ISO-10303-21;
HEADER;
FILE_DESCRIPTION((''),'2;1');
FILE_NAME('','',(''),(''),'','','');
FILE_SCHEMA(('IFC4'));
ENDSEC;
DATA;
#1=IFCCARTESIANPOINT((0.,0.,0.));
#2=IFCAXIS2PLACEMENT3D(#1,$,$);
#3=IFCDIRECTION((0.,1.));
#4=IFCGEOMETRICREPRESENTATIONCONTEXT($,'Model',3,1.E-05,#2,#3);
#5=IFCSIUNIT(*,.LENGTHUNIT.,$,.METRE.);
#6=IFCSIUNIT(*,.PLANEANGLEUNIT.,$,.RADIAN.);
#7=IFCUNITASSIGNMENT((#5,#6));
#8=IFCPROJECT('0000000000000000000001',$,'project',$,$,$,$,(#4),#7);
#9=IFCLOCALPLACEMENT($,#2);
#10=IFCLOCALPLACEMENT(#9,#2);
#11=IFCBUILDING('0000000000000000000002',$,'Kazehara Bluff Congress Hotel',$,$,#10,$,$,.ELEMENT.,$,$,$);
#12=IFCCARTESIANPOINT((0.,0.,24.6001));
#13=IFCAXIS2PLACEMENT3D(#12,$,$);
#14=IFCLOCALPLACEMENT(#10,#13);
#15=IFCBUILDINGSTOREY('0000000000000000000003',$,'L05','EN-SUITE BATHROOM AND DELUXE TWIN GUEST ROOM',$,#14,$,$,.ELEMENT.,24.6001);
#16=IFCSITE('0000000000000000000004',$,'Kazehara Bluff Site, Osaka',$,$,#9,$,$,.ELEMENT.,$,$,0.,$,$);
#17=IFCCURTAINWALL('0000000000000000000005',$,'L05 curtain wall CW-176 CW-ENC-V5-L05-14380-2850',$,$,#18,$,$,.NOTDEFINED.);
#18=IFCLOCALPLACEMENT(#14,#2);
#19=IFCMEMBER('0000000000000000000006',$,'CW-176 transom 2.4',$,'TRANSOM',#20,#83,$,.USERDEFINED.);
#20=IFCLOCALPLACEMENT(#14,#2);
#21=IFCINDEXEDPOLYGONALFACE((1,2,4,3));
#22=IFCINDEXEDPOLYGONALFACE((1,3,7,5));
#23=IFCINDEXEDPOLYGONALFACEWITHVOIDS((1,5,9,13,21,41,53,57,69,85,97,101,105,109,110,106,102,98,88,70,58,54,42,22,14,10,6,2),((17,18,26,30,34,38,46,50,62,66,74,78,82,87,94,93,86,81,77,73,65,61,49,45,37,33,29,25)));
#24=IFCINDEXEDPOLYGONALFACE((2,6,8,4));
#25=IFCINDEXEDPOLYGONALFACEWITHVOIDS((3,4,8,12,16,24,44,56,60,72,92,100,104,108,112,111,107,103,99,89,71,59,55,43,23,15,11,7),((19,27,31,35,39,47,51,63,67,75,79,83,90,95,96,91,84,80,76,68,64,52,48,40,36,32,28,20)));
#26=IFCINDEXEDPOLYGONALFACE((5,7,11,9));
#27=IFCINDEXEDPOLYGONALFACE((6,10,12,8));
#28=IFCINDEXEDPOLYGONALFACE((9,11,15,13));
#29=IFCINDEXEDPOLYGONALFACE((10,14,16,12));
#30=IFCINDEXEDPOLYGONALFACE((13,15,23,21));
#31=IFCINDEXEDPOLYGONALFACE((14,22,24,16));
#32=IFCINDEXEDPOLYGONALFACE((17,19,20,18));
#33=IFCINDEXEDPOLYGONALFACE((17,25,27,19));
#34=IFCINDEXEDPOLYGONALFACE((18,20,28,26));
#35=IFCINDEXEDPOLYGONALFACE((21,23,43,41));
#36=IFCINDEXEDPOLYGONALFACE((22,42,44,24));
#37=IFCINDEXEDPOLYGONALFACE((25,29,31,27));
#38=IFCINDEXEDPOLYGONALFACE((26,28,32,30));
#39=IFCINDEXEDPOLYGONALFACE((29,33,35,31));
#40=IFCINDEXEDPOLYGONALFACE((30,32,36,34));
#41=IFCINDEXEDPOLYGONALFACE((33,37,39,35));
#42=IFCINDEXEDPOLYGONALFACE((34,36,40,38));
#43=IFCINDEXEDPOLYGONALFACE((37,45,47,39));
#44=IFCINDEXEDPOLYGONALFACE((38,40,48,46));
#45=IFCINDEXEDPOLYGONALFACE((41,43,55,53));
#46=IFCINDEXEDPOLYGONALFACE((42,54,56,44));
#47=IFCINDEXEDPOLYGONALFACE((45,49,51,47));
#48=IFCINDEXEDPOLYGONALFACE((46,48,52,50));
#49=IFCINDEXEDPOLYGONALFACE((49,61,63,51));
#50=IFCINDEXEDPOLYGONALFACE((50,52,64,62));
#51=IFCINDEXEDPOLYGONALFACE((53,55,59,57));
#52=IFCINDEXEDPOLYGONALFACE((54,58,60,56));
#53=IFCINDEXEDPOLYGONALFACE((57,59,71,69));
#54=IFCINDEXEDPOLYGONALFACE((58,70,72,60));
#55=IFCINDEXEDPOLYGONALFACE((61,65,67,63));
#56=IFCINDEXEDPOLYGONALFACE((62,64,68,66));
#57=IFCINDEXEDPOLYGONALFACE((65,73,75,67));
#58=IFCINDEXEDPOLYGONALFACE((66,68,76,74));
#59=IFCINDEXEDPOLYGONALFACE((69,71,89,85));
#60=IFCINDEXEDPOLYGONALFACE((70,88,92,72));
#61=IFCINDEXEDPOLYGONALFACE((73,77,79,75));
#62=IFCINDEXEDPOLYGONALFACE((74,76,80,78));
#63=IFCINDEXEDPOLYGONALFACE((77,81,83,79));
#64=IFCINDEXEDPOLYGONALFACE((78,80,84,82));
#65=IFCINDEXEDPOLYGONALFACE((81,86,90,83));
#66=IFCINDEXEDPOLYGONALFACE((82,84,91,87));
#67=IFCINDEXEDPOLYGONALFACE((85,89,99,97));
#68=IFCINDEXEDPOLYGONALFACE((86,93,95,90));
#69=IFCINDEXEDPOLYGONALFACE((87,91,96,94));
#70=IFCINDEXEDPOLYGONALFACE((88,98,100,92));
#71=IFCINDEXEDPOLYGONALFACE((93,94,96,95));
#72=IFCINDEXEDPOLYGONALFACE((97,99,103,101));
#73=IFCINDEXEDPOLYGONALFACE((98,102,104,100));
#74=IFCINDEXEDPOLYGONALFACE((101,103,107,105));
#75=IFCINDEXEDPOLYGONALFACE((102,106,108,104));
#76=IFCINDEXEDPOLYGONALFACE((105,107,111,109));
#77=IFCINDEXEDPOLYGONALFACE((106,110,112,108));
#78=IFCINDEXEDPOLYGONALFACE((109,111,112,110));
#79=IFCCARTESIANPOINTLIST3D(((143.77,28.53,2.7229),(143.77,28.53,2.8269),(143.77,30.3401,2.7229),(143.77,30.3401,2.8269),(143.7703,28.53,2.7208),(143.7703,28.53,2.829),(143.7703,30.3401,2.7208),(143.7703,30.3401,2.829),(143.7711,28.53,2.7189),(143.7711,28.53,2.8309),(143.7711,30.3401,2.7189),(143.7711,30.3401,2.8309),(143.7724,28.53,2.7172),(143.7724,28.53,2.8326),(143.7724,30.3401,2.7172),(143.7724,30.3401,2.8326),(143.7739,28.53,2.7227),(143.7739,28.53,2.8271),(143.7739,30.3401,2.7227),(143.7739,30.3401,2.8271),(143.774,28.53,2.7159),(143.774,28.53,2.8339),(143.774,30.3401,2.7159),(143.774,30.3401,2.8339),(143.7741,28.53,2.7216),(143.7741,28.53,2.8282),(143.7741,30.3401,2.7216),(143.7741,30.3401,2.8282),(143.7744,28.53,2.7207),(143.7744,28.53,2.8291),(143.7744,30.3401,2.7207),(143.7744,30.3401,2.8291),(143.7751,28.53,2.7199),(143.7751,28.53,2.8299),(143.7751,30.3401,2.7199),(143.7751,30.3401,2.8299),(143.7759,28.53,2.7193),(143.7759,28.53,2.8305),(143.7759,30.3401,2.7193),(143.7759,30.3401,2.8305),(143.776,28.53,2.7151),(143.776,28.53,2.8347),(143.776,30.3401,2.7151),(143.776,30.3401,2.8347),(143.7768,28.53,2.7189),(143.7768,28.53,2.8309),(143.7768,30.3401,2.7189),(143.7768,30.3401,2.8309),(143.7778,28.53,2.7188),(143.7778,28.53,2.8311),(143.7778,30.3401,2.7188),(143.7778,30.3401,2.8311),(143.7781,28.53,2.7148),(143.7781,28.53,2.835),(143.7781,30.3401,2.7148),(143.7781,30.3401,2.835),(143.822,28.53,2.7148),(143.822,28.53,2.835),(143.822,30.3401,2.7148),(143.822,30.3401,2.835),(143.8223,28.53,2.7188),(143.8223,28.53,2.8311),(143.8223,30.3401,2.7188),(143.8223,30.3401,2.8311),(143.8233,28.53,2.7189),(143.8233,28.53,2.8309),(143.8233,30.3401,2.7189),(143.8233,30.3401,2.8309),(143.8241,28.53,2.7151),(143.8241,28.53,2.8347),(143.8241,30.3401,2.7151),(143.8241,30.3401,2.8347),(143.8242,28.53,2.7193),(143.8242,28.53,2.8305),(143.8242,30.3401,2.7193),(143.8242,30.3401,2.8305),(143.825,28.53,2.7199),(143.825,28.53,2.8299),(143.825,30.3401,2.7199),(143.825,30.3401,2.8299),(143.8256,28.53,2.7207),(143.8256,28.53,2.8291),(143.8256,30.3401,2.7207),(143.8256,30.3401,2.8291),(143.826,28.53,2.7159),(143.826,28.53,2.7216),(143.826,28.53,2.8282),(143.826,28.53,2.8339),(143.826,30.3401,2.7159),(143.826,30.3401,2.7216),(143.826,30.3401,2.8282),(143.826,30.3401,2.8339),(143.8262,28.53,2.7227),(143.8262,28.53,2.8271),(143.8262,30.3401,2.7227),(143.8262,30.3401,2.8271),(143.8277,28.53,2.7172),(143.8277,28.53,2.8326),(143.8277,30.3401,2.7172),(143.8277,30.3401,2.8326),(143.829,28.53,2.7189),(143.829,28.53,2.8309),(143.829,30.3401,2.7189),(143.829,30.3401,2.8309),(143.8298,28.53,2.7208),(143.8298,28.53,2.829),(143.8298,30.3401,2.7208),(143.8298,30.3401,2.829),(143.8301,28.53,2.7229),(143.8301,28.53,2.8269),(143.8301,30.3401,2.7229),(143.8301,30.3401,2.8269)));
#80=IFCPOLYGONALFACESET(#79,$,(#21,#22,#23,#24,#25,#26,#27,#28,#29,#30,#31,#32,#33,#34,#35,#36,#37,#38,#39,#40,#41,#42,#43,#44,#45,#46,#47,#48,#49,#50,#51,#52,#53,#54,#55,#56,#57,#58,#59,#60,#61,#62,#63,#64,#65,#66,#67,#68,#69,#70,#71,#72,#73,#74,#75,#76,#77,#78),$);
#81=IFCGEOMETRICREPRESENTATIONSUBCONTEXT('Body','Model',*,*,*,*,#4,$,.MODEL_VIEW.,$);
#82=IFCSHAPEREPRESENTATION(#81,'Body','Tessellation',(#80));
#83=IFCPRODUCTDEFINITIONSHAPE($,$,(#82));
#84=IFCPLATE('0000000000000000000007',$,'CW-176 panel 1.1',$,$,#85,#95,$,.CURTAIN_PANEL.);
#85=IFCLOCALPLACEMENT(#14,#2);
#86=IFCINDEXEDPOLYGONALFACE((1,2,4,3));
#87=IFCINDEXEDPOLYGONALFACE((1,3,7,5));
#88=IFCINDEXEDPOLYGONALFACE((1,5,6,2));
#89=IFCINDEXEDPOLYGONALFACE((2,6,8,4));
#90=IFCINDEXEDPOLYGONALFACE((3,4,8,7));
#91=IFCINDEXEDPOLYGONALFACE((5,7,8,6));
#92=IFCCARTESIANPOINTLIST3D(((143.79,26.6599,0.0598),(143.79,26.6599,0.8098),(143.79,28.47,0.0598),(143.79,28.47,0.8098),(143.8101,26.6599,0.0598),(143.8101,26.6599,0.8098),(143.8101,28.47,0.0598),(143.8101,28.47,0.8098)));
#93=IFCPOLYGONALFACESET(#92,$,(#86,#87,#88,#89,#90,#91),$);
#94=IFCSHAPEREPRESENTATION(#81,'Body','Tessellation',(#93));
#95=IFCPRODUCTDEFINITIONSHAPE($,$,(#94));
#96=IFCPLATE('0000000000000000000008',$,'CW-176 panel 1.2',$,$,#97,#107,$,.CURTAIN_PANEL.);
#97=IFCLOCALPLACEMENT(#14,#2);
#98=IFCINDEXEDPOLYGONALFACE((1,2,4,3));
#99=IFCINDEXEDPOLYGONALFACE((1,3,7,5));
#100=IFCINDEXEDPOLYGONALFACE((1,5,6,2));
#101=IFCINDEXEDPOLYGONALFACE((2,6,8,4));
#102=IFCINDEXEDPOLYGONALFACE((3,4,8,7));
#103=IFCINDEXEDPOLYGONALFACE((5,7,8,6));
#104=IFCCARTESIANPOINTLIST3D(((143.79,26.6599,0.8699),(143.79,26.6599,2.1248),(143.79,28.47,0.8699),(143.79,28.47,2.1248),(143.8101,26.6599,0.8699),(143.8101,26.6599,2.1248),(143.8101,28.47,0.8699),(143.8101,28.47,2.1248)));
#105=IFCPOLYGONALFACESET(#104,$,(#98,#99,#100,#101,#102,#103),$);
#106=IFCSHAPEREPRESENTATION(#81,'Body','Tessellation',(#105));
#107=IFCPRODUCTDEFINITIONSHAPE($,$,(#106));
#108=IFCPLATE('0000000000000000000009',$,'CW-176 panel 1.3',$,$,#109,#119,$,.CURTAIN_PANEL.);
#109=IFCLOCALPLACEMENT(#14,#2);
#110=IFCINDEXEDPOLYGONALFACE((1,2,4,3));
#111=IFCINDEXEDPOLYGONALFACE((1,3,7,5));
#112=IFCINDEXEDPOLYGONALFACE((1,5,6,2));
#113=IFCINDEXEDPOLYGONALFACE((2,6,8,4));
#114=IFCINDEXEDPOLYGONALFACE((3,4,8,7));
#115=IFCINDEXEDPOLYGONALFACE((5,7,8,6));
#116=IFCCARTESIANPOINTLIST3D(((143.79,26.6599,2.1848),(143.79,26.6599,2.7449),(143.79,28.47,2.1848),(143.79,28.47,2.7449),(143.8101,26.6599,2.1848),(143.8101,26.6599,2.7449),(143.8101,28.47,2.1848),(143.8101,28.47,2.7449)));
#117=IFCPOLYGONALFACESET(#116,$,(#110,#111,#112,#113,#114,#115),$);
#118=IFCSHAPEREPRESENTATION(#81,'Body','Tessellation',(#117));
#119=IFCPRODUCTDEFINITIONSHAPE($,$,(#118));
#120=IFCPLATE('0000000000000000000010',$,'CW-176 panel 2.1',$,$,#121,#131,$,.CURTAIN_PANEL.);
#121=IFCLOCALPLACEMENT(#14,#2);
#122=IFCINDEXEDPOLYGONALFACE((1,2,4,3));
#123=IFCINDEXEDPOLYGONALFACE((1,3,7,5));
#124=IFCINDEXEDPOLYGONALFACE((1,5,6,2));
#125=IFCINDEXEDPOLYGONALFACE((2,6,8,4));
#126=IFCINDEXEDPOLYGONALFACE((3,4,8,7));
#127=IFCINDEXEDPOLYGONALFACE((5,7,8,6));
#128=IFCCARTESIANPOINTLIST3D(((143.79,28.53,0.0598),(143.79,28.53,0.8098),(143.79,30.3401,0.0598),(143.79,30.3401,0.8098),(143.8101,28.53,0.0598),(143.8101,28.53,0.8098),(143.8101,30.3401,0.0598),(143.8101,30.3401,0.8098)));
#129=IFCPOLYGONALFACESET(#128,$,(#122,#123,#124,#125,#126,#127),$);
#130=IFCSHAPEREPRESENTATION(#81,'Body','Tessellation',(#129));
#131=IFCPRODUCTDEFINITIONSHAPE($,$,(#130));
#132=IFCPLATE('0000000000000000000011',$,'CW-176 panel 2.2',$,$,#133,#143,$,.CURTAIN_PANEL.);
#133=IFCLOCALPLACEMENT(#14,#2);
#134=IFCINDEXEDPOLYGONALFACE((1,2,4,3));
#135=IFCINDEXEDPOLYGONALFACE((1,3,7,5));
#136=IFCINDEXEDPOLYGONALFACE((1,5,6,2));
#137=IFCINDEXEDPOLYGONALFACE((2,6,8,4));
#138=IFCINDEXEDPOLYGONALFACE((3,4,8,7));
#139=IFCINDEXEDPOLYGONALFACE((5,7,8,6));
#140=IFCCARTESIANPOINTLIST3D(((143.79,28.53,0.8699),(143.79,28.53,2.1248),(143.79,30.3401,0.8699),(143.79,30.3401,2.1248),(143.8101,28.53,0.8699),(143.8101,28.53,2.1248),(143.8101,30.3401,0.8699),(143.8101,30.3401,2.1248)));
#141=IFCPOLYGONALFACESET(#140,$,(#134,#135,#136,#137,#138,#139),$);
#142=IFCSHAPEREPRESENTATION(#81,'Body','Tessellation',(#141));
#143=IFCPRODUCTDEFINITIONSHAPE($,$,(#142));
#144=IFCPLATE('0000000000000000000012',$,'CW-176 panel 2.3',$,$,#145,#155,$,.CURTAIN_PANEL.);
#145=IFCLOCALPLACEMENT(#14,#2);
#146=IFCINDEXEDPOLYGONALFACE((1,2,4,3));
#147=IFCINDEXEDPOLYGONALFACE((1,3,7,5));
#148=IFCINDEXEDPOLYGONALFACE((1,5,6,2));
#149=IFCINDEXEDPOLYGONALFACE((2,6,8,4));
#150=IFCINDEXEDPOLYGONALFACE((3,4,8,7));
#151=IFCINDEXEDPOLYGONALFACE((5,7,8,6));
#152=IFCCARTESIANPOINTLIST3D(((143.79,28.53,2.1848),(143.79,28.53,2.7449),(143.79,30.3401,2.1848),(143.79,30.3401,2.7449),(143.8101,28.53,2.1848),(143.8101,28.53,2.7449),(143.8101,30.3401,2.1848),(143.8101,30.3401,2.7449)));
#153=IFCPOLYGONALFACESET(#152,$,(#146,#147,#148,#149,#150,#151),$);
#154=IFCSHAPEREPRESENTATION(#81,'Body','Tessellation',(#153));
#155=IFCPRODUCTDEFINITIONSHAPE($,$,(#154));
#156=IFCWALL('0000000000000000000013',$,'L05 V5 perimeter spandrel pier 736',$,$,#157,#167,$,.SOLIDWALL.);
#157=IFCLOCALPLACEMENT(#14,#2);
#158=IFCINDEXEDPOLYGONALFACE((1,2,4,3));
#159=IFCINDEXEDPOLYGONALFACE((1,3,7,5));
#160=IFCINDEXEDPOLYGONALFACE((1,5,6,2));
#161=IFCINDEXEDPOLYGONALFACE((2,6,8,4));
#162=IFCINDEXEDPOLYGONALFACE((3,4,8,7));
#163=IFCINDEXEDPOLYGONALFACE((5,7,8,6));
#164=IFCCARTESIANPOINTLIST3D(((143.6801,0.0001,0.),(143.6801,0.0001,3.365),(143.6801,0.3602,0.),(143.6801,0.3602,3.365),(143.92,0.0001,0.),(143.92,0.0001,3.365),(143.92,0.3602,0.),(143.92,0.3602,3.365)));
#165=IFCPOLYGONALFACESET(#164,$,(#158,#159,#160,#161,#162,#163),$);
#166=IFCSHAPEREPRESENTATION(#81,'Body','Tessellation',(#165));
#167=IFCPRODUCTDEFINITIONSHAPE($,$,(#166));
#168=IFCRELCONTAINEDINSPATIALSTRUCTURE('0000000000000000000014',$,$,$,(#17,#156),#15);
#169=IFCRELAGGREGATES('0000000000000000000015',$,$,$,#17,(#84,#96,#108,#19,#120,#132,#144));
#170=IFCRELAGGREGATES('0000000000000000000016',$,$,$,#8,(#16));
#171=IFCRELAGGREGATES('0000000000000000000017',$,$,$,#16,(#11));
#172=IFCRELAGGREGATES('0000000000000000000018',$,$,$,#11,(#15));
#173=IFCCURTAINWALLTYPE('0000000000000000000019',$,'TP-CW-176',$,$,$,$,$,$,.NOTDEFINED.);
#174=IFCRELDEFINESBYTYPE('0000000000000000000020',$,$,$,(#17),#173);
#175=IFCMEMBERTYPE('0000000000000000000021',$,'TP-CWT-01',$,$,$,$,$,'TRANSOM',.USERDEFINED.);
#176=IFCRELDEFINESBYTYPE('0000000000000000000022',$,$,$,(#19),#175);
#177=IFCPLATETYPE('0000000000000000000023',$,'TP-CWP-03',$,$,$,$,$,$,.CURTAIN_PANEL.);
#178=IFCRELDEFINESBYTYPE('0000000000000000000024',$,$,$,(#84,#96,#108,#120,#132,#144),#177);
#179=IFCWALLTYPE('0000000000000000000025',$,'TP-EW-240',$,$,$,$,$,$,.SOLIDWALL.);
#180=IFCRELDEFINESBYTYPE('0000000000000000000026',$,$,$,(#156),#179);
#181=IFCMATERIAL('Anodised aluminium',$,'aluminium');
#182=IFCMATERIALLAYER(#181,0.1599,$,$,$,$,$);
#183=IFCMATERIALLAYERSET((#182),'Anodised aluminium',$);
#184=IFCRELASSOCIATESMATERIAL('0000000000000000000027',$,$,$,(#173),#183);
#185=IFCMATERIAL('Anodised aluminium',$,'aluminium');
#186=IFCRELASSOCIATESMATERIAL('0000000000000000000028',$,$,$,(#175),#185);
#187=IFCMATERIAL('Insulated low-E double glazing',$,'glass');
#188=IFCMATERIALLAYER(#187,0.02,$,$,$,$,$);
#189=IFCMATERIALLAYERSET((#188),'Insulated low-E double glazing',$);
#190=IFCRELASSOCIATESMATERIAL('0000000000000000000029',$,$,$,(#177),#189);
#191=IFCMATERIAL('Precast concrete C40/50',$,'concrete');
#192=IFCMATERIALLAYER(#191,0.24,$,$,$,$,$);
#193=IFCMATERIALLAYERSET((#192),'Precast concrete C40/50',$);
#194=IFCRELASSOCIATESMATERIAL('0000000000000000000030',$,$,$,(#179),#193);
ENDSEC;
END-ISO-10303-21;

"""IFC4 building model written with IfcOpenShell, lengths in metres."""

from ifc_helpers import new_model, si_unit, direction, frame, frame_2d, origin, origin_2d, place, context, subcontext, project, spatial, rectangle, hollow_rectangle, extrude, material, layer, layer_set, material_profile, profile_set, type_object, element, aggregate, save


model = new_model("IFC4")

# Units and contexts
model_context = context("Model", 3, precision=1e-05, world=origin(), true_north=direction((0.0, 1.0)))
body_context = subcontext(model_context, "Body", "Model", "MODEL_VIEW")
ifc_project = project(units=[si_unit("LENGTHUNIT", "METRE"), si_unit("PLANEANGLEUNIT", "RADIAN")], contexts=[model_context])

# Site, building, storey
site_placement = place(None, origin())
site = spatial("IfcSite", under=ifc_project, at=site_placement, Name="Kazehara Bluff Site, Osaka", CompositionType="ELEMENT", RefElevation=0.0)
building_placement = place(site_placement, origin())
building = spatial("IfcBuilding", under=site, at=building_placement, Name="Kazehara Bluff Congress Hotel", CompositionType="ELEMENT")
storey_placement = place(building_placement, frame((0.0, 0.0, 24.6001)))
storey = spatial("IfcBuildingStorey", under=building, at=storey_placement, Name="L05", Description="EN-SUITE BATHROOM AND DELUXE TWIN GUEST ROOM", CompositionType="ELEMENT", Elevation=24.6001)

# Curtain wall, member, plates
ifc_material_1 = material(Name="Anodised aluminium", Category="aluminium")
ifc_layer_1 = layer(ifc_material_1, 0.1599)
ifc_layer_set_1 = layer_set([ifc_layer_1], Name="Anodised aluminium")
curtain_wall_type = type_object("IfcCurtainWallType", Name="TP-CW-176", PredefinedType="NOTDEFINED", material=ifc_layer_set_1)
curtain_wall_placement = place(storey_placement, origin())
curtain_wall = element("IfcCurtainWall", 1, at=curtain_wall_placement, inside=storey, type_object=curtain_wall_type, Name="L05 curtain wall CW-176 CW-ENC-V5-L05-14380-2850", PredefinedType="NOTDEFINED")
ifc_material_2 = material(Name="Anodised aluminium", Category="aluminium")
ifc_material_profile_1 = material_profile(ifc_material_2, hollow_rectangle(XDim=0.0601, YDim=0.1201, WallThickness=0.0039, InnerFilletRadius=0.0039, OuterFilletRadius=0.0081, at=origin_2d()))
ifc_profile_set_1 = profile_set([ifc_material_profile_1], Name="Anodised aluminium")
member_type_1 = type_object("IfcMemberType", Name="TP-CWT-01", ElementType="TRANSOM", PredefinedType="USERDEFINED", material=ifc_profile_set_1)
member_1_placement = place(storey_placement, frame((143.8, 28.53, 2.7749), z_axis=(0.0, 1.0, 0.0), x_axis=(-1.0, 0.0, 0.0)))
member_1 = element("IfcMember", 2, at=member_1_placement, type_object=member_type_1, Name="CW-176 transom 2.4", ObjectType="TRANSOM", PredefinedType="USERDEFINED", context=body_context, shape_type="SweptSolid", body=[
    extrude(hollow_rectangle(XDim=0.0601, YDim=0.1201, WallThickness=0.0039, InnerFilletRadius=0.0039, OuterFilletRadius=0.0081, at=origin_2d()), origin(), (0.0, 0.0, 1.0), 1.8101),
])
ifc_material_3 = material(Name="Insulated low-E double glazing", Category="glass")
ifc_layer_2 = layer(ifc_material_3, 0.02)
ifc_layer_set_2 = layer_set([ifc_layer_2], Name="Insulated low-E double glazing")
plate_type = type_object("IfcPlateType", Name="TP-CWP-03", PredefinedType="CURTAIN_PANEL", material=ifc_layer_set_2)
plate_1_placement = place(storey_placement, frame((143.8, 27.5649, 0.0598), z_axis=(0.0, 0.0, 1.0), x_axis=(0.0, 1.0, 0.0)))
plate_1 = element("IfcPlate", 3, at=plate_1_placement, type_object=plate_type, Name="CW-176 panel 1.1", PredefinedType="CURTAIN_PANEL", context=body_context, shape_type="SweptSolid", body=[
    extrude(rectangle(XDim=1.8101, YDim=0.02, at=origin_2d()), origin(), (0.0, 0.0, 1.0), 0.75),
])
plate_2_placement = place(storey_placement, frame((143.8, 27.5649, 0.8699), z_axis=(0.0, 0.0, 1.0), x_axis=(0.0, 1.0, 0.0)))
plate_2 = element("IfcPlate", 4, at=plate_2_placement, type_object=plate_type, Name="CW-176 panel 1.2", PredefinedType="CURTAIN_PANEL", context=body_context, shape_type="SweptSolid", body=[
    extrude(rectangle(XDim=1.8101, YDim=0.02, at=origin_2d()), origin(), (0.0, 0.0, 1.0), 1.2549),
])
plate_3_placement = place(storey_placement, frame((143.8, 27.5649, 2.1848), z_axis=(0.0, 0.0, 1.0), x_axis=(0.0, 1.0, 0.0)))
plate_3 = element("IfcPlate", 5, at=plate_3_placement, type_object=plate_type, Name="CW-176 panel 1.3", PredefinedType="CURTAIN_PANEL", context=body_context, shape_type="SweptSolid", body=[
    extrude(rectangle(XDim=1.8101, YDim=0.02, at=origin_2d()), origin(), (0.0, 0.0, 1.0), 0.5601),
])
plate_4_placement = place(storey_placement, frame((143.8, 29.4351, 0.0598), z_axis=(0.0, 0.0, 1.0), x_axis=(0.0, 1.0, 0.0)))
plate_4 = element("IfcPlate", 6, at=plate_4_placement, type_object=plate_type, Name="CW-176 panel 2.1", PredefinedType="CURTAIN_PANEL", context=body_context, shape_type="SweptSolid", body=[
    extrude(rectangle(XDim=1.8101, YDim=0.02, at=origin_2d()), origin(), (0.0, 0.0, 1.0), 0.75),
])
plate_5_placement = place(storey_placement, frame((143.8, 29.4351, 0.8699), z_axis=(0.0, 0.0, 1.0), x_axis=(0.0, 1.0, 0.0)))
plate_5 = element("IfcPlate", 7, at=plate_5_placement, type_object=plate_type, Name="CW-176 panel 2.2", PredefinedType="CURTAIN_PANEL", context=body_context, shape_type="SweptSolid", body=[
    extrude(rectangle(XDim=1.8101, YDim=0.02, at=origin_2d()), origin(), (0.0, 0.0, 1.0), 1.2549),
])
plate_6_placement = place(storey_placement, frame((143.8, 29.4351, 2.1848), z_axis=(0.0, 0.0, 1.0), x_axis=(0.0, 1.0, 0.0)))
plate_6 = element("IfcPlate", 8, at=plate_6_placement, type_object=plate_type, Name="CW-176 panel 2.3", PredefinedType="CURTAIN_PANEL", context=body_context, shape_type="SweptSolid", body=[
    extrude(rectangle(XDim=1.8101, YDim=0.02, at=origin_2d()), origin(), (0.0, 0.0, 1.0), 0.5601),
])
aggregate(curtain_wall, [plate_1, plate_2, plate_3, member_1, plate_4, plate_5, plate_6])

# Wall
ifc_material_4 = material(Name="Precast concrete C40/50", Category="concrete")
ifc_layer_3 = layer(ifc_material_4, 0.24)
ifc_layer_set_3 = layer_set([ifc_layer_3], Name="Precast concrete C40/50")
wall_type_1 = type_object("IfcWallType", Name="TP-EW-240", PredefinedType="SOLIDWALL", material=ifc_layer_set_3)
wall_1_placement = place(storey_placement, frame((143.8, 0.0, 0.0), z_axis=(0.0, 0.0, 1.0), x_axis=(0.0, 1.0, 0.0)))
element("IfcWall", 9, at=wall_1_placement, inside=storey, type_object=wall_type_1, Name="L05 V5 perimeter spandrel pier 736", PredefinedType="SOLIDWALL", context=body_context, shape_type="SweptSolid", body=[
    extrude(rectangle(XDim=0.3601, YDim=0.24, at=frame_2d((0.1802, 0.0))), origin(), (0.0, 0.0, 1.0), 3.365),
])

save(model, "model.ifc")
